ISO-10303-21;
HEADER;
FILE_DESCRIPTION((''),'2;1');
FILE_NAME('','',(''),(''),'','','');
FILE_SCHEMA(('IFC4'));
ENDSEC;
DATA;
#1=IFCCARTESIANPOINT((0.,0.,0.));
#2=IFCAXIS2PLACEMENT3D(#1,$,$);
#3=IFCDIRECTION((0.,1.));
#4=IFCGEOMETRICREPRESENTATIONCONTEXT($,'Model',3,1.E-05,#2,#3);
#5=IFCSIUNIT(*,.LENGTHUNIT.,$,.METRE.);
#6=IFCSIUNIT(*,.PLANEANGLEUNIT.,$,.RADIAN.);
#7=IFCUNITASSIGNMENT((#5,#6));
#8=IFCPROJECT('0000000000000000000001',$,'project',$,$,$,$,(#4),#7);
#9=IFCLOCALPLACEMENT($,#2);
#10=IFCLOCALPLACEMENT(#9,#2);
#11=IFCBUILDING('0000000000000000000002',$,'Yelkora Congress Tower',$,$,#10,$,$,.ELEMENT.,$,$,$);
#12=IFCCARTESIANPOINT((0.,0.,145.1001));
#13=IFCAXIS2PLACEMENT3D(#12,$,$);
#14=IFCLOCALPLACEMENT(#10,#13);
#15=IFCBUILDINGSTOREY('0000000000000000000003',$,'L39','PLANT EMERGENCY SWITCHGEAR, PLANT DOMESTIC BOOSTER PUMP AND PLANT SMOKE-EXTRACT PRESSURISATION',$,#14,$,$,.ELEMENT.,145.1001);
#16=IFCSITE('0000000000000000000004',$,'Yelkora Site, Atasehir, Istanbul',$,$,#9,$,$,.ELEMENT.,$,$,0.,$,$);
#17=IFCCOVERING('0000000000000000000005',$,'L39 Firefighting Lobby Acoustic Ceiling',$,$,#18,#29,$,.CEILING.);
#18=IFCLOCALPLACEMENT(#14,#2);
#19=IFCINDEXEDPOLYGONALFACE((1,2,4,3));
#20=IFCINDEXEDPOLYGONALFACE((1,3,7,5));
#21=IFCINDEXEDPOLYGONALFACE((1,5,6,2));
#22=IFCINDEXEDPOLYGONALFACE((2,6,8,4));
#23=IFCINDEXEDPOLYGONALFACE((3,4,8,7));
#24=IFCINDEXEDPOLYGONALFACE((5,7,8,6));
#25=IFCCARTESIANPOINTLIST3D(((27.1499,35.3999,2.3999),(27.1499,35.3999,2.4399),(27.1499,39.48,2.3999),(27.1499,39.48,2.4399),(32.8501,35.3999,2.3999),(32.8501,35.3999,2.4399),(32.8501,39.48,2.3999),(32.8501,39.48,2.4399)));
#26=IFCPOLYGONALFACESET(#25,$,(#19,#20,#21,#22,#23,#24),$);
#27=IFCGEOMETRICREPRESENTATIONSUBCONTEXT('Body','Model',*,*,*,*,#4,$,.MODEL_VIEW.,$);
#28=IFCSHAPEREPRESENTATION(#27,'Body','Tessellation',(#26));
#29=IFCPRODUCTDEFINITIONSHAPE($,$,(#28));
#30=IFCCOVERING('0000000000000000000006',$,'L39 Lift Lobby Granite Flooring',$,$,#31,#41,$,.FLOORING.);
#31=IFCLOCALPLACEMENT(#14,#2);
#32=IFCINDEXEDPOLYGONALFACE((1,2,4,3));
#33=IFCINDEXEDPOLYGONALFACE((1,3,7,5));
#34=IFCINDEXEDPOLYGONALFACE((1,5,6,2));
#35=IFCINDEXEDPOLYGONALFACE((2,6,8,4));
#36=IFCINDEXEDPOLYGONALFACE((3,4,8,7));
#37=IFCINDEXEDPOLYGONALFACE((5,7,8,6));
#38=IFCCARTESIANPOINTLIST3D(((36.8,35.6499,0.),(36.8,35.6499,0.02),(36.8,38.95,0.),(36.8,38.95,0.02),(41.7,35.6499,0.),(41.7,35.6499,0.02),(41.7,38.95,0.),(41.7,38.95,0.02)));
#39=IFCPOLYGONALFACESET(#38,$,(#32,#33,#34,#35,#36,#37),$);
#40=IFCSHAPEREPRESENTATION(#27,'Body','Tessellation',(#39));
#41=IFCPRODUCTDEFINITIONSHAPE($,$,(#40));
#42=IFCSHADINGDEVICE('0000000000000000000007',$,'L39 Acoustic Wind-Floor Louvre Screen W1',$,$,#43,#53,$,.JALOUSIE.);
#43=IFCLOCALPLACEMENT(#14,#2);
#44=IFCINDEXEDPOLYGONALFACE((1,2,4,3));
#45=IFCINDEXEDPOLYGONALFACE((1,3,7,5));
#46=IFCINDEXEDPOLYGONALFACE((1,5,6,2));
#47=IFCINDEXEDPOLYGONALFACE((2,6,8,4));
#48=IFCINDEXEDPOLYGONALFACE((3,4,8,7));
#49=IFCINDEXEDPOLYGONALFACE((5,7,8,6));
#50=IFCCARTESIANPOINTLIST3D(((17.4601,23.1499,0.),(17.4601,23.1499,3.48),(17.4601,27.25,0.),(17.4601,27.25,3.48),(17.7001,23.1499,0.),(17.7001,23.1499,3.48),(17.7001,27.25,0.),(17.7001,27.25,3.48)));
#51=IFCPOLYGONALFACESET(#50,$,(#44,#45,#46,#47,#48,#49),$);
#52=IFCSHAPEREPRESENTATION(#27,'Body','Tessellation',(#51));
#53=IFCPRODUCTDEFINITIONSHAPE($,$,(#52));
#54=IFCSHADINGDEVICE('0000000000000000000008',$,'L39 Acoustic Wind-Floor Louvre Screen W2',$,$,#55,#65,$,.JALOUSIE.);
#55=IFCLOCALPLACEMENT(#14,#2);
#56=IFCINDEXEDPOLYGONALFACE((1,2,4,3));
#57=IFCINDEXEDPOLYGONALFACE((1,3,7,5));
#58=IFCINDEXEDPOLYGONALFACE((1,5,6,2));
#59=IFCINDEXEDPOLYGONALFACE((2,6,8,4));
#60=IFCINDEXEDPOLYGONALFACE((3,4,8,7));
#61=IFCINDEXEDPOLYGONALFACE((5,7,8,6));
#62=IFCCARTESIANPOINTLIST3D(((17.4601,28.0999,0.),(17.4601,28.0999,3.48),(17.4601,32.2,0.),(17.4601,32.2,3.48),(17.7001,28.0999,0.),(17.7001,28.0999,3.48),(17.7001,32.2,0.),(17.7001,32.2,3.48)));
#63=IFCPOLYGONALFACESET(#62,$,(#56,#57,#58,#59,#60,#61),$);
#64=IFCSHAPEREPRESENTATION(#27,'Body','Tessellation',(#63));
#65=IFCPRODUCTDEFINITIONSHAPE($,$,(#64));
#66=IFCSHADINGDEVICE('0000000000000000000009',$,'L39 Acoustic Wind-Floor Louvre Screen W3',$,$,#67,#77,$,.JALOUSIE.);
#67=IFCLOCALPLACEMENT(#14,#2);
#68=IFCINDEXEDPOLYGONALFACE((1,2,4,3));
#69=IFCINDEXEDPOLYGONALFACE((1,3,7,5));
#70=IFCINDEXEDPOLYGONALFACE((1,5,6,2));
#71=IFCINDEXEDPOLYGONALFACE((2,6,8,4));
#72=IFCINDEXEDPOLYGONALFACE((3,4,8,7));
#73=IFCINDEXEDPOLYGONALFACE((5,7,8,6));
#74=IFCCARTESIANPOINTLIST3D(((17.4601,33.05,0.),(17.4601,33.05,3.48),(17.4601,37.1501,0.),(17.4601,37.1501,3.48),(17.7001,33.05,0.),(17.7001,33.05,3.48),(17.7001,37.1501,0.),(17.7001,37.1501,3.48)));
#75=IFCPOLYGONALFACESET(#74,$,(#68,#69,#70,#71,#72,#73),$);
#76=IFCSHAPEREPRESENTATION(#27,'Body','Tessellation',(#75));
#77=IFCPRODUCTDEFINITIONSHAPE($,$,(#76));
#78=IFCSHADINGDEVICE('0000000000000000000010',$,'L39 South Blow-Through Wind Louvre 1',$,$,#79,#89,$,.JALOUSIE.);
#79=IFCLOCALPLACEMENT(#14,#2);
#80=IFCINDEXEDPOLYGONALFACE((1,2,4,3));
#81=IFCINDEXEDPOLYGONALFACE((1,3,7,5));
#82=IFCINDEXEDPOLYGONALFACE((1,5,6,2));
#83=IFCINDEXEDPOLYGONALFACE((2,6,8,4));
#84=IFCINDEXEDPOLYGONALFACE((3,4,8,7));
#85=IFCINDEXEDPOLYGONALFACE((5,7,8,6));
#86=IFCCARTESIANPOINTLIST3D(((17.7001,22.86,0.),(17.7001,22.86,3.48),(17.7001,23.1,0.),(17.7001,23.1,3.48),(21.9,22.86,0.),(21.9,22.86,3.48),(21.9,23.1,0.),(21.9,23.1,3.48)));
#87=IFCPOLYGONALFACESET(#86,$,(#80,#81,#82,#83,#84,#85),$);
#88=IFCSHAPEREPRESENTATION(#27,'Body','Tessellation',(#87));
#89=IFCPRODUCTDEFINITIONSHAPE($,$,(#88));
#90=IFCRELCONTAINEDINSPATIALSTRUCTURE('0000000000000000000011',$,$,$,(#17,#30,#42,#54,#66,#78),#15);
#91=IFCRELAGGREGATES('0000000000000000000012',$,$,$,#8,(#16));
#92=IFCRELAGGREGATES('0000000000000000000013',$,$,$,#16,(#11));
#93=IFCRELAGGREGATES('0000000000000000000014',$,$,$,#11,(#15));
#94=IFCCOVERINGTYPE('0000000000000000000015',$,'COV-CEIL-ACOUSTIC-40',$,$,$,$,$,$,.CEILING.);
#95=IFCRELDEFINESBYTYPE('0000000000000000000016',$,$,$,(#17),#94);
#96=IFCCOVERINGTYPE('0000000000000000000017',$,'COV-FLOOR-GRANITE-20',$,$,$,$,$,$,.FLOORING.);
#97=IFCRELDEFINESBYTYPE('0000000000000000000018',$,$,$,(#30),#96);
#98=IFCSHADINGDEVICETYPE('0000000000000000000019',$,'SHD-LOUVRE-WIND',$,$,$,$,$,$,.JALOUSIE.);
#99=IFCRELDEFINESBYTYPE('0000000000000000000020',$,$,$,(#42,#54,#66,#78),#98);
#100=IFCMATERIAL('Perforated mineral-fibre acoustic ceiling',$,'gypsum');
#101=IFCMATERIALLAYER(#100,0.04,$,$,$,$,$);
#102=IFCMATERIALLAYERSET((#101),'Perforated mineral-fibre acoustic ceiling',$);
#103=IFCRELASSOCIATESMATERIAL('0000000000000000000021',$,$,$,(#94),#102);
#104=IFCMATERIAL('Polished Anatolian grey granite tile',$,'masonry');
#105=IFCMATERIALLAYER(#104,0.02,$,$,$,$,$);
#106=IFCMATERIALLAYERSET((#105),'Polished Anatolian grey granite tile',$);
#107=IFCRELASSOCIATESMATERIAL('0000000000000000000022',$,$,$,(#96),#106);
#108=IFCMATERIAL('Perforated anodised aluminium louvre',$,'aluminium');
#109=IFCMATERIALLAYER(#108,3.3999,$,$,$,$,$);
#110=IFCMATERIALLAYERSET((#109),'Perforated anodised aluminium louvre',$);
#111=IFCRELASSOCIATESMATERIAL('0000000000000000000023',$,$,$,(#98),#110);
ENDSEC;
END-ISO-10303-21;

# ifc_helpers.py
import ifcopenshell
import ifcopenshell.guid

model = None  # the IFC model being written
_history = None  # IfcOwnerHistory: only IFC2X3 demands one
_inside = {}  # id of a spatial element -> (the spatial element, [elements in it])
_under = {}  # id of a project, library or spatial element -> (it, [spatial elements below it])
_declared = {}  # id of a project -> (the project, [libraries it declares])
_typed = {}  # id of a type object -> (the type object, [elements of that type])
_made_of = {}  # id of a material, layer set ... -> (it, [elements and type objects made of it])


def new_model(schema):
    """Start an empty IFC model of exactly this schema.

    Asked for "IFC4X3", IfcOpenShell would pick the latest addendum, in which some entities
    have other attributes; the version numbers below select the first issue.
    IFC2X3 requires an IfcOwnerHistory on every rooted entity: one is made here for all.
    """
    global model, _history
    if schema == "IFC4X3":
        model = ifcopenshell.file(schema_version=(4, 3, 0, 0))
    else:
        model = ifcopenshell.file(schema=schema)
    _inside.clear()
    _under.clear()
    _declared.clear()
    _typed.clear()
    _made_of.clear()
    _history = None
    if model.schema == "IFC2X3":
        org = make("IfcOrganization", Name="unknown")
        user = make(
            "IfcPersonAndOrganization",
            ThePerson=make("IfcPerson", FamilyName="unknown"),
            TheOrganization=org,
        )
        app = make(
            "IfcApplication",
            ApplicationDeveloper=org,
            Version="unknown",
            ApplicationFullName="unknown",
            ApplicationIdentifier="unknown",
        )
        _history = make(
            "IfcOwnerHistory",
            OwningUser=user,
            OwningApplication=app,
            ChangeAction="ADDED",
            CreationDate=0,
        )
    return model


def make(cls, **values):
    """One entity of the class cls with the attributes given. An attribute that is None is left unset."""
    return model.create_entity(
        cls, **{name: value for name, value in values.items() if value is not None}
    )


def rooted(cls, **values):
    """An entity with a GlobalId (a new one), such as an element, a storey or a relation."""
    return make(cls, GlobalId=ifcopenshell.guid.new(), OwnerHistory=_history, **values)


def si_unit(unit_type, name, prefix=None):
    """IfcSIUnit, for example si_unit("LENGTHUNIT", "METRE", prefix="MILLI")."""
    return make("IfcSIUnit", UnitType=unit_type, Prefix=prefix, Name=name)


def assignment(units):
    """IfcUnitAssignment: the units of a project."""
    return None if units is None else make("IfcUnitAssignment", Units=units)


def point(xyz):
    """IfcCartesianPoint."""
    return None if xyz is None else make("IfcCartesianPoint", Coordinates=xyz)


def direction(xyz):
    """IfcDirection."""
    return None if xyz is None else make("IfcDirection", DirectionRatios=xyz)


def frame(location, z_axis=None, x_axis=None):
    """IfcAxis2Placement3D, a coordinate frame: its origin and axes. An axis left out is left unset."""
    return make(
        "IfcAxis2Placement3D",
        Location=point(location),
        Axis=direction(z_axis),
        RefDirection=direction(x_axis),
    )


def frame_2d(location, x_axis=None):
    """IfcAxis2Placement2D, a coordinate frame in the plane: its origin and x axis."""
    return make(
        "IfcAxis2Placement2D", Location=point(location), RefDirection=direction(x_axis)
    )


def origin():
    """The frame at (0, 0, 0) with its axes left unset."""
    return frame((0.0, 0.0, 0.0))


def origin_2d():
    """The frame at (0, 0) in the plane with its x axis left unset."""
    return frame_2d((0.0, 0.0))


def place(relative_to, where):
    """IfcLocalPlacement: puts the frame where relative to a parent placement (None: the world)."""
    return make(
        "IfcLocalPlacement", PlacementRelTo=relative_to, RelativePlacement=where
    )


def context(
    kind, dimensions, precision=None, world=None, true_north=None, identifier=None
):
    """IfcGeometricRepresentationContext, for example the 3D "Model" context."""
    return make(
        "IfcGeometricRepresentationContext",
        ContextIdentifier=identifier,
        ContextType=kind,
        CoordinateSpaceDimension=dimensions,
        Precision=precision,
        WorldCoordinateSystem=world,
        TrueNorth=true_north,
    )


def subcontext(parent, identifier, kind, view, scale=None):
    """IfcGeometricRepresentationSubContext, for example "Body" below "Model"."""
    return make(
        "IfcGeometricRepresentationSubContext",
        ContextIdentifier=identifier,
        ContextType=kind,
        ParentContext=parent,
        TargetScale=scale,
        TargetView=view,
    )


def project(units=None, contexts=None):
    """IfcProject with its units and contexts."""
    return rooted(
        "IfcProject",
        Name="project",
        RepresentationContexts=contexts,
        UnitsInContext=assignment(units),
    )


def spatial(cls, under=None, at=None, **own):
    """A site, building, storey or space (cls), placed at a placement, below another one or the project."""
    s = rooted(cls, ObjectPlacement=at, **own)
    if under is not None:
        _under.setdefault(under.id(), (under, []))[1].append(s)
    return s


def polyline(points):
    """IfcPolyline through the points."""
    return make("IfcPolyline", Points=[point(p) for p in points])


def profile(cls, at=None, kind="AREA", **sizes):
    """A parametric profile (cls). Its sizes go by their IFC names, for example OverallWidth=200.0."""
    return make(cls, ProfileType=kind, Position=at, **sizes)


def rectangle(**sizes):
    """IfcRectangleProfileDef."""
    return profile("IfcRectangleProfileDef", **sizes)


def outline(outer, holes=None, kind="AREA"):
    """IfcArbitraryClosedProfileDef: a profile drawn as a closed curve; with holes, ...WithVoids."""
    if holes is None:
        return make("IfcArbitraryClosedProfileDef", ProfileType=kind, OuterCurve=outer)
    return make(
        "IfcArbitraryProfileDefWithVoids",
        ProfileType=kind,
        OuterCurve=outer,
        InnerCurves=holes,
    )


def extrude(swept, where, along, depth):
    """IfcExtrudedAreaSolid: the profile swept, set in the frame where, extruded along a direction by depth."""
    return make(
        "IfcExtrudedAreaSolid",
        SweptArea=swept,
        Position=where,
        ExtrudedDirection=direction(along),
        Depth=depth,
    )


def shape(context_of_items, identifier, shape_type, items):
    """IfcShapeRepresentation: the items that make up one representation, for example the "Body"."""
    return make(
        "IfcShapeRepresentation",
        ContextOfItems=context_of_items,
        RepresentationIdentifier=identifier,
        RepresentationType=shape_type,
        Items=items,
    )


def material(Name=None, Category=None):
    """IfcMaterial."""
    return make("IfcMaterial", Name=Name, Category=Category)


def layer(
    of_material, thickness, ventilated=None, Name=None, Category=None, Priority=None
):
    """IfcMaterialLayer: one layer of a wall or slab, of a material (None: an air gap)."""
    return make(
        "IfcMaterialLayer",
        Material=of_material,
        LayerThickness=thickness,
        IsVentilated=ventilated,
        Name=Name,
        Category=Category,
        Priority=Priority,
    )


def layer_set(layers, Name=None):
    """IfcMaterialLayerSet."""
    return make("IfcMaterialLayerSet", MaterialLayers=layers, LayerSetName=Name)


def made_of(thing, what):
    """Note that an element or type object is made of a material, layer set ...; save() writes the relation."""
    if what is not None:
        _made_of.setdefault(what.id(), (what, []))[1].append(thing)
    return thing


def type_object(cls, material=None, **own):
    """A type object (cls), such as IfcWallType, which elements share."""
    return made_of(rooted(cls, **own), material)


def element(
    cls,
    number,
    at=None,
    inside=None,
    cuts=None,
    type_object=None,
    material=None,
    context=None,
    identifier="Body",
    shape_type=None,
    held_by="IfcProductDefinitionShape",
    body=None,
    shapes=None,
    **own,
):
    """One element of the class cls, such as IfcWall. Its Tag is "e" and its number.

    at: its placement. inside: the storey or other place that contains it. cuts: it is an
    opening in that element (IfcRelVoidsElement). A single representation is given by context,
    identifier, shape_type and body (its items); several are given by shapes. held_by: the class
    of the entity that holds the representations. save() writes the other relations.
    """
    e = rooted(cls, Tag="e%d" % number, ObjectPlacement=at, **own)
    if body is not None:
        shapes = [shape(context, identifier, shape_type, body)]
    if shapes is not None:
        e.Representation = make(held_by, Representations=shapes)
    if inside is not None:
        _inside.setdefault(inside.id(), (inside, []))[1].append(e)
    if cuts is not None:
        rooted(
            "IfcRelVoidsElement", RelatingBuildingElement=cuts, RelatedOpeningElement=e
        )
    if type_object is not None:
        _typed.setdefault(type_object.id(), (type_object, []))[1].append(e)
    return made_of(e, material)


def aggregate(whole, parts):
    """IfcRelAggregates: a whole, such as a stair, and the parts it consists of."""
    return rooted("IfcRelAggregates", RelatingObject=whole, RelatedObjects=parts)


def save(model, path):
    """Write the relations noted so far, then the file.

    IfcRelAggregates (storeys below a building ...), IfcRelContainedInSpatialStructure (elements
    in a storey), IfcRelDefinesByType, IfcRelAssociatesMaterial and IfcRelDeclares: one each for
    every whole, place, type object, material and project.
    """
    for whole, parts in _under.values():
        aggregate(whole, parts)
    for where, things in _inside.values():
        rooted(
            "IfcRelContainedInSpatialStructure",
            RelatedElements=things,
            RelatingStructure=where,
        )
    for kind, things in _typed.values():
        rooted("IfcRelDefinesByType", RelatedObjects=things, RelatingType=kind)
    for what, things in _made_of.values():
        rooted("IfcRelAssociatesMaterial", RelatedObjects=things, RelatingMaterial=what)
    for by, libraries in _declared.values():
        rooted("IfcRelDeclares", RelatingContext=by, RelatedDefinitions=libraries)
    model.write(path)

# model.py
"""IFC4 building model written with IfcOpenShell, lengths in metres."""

from ifc_helpers import new_model, si_unit, direction, frame, origin, origin_2d, place, context, subcontext, project, spatial, polyline, rectangle, outline, extrude, material, layer, layer_set, type_object, element, save


model = new_model("IFC4")

# Units and contexts
model_context = context("Model", 3, precision=1e-05, world=origin(), true_north=direction((0.0, 1.0)))
body_context = subcontext(model_context, "Body", "Model", "MODEL_VIEW")
ifc_project = project(units=[si_unit("LENGTHUNIT", "METRE"), si_unit("PLANEANGLEUNIT", "RADIAN")], contexts=[model_context])

# Site, building, storey
site_placement = place(None, origin())
site = spatial("IfcSite", under=ifc_project, at=site_placement, Name="Yelkora Site, Atasehir, Istanbul", CompositionType="ELEMENT", RefElevation=0.0)
building_placement = place(site_placement, origin())
building = spatial("IfcBuilding", under=site, at=building_placement, Name="Yelkora Congress Tower", CompositionType="ELEMENT")
storey_placement = place(building_placement, frame((0.0, 0.0, 145.1001)))
storey = spatial("IfcBuildingStorey", under=building, at=storey_placement, Name="L39", Description="PLANT EMERGENCY SWITCHGEAR, PLANT DOMESTIC BOOSTER PUMP AND PLANT SMOKE-EXTRACT PRESSURISATION", CompositionType="ELEMENT", Elevation=145.1001)

# Coverings
ifc_material_1 = material(Name="Perforated mineral-fibre acoustic ceiling", Category="gypsum")
ifc_layer_1 = layer(ifc_material_1, 0.04)
ifc_layer_set_1 = layer_set([ifc_layer_1], Name="Perforated mineral-fibre acoustic ceiling")
covering_type_1 = type_object("IfcCoveringType", Name="COV-CEIL-ACOUSTIC-40", PredefinedType="CEILING", material=ifc_layer_set_1)
covering_1_placement = place(storey_placement, frame((0.0, 0.0, 2.3999)))
element("IfcCovering", 1, at=covering_1_placement, inside=storey, type_object=covering_type_1, Name="L39 Firefighting Lobby Acoustic Ceiling", PredefinedType="CEILING", context=body_context, shape_type="SweptSolid", body=[
    extrude(outline(polyline([(27.1499, 35.3999), (32.8501, 35.3999), (32.8501, 39.48), (27.1499, 39.48), (27.1499, 35.3999)])), origin(), (0.0, 0.0, 1.0), 0.04),
])
ifc_material_2 = material(Name="Polished Anatolian grey granite tile", Category="masonry")
ifc_layer_2 = layer(ifc_material_2, 0.02)
ifc_layer_set_2 = layer_set([ifc_layer_2], Name="Polished Anatolian grey granite tile")
covering_type_2 = type_object("IfcCoveringType", Name="COV-FLOOR-GRANITE-20", PredefinedType="FLOORING", material=ifc_layer_set_2)
covering_2_placement = place(storey_placement, origin())
element("IfcCovering", 2, at=covering_2_placement, inside=storey, type_object=covering_type_2, Name="L39 Lift Lobby Granite Flooring", PredefinedType="FLOORING", context=body_context, shape_type="SweptSolid", body=[
    extrude(outline(polyline([(36.8, 35.6499), (41.7, 35.6499), (41.7, 38.95), (36.8, 38.95), (36.8, 35.6499)])), origin(), (0.0, 0.0, 1.0), 0.02),
])

# Shading devices
ifc_material_3 = material(Name="Perforated anodised aluminium louvre", Category="aluminium")
ifc_layer_3 = layer(ifc_material_3, 3.3999)
ifc_layer_set_3 = layer_set([ifc_layer_3], Name="Perforated anodised aluminium louvre")
shading_device_type = type_object("IfcShadingDeviceType", Name="SHD-LOUVRE-WIND", PredefinedType="JALOUSIE", material=ifc_layer_set_3)
for number, where, z_axis, x_axis, name in (
    (3, (17.5801, 25.2, 0.0), (0.0, 0.0, 1.0), (1.0, 0.0, 0.0), "L39 Acoustic Wind-Floor Louvre Screen W1"),
    (4, (17.5801, 30.1499, 0.0), (0.0, 0.0, 1.0), (1.0, 0.0, 0.0), "L39 Acoustic Wind-Floor Louvre Screen W2"),
    (5, (17.5801, 35.1001, 0.0), (0.0, 0.0, 1.0), (1.0, 0.0, 0.0), "L39 Acoustic Wind-Floor Louvre Screen W3"),
):
    element("IfcShadingDevice", number, at=place(storey_placement, frame(where, z_axis=z_axis, x_axis=x_axis)), inside=storey, type_object=shading_device_type, Name=name, PredefinedType="JALOUSIE", context=body_context, shape_type="SweptSolid", body=[
        extrude(rectangle(XDim=0.24, YDim=4.1001, at=origin_2d()), origin(), (0.0, 0.0, 1.0), 3.48),
    ])
shading_device_placement = place(storey_placement, frame((19.8, 22.98, 0.0), z_axis=(0.0, 0.0, 1.0), x_axis=(1.0, 0.0, 0.0)))
element("IfcShadingDevice", 6, at=shading_device_placement, inside=storey, type_object=shading_device_type, Name="L39 South Blow-Through Wind Louvre 1", PredefinedType="JALOUSIE", context=body_context, shape_type="SweptSolid", body=[
    extrude(rectangle(XDim=4.2, YDim=0.24, at=origin_2d()), origin(), (0.0, 0.0, 1.0), 3.48),
])

save(model, "model.ifc")
